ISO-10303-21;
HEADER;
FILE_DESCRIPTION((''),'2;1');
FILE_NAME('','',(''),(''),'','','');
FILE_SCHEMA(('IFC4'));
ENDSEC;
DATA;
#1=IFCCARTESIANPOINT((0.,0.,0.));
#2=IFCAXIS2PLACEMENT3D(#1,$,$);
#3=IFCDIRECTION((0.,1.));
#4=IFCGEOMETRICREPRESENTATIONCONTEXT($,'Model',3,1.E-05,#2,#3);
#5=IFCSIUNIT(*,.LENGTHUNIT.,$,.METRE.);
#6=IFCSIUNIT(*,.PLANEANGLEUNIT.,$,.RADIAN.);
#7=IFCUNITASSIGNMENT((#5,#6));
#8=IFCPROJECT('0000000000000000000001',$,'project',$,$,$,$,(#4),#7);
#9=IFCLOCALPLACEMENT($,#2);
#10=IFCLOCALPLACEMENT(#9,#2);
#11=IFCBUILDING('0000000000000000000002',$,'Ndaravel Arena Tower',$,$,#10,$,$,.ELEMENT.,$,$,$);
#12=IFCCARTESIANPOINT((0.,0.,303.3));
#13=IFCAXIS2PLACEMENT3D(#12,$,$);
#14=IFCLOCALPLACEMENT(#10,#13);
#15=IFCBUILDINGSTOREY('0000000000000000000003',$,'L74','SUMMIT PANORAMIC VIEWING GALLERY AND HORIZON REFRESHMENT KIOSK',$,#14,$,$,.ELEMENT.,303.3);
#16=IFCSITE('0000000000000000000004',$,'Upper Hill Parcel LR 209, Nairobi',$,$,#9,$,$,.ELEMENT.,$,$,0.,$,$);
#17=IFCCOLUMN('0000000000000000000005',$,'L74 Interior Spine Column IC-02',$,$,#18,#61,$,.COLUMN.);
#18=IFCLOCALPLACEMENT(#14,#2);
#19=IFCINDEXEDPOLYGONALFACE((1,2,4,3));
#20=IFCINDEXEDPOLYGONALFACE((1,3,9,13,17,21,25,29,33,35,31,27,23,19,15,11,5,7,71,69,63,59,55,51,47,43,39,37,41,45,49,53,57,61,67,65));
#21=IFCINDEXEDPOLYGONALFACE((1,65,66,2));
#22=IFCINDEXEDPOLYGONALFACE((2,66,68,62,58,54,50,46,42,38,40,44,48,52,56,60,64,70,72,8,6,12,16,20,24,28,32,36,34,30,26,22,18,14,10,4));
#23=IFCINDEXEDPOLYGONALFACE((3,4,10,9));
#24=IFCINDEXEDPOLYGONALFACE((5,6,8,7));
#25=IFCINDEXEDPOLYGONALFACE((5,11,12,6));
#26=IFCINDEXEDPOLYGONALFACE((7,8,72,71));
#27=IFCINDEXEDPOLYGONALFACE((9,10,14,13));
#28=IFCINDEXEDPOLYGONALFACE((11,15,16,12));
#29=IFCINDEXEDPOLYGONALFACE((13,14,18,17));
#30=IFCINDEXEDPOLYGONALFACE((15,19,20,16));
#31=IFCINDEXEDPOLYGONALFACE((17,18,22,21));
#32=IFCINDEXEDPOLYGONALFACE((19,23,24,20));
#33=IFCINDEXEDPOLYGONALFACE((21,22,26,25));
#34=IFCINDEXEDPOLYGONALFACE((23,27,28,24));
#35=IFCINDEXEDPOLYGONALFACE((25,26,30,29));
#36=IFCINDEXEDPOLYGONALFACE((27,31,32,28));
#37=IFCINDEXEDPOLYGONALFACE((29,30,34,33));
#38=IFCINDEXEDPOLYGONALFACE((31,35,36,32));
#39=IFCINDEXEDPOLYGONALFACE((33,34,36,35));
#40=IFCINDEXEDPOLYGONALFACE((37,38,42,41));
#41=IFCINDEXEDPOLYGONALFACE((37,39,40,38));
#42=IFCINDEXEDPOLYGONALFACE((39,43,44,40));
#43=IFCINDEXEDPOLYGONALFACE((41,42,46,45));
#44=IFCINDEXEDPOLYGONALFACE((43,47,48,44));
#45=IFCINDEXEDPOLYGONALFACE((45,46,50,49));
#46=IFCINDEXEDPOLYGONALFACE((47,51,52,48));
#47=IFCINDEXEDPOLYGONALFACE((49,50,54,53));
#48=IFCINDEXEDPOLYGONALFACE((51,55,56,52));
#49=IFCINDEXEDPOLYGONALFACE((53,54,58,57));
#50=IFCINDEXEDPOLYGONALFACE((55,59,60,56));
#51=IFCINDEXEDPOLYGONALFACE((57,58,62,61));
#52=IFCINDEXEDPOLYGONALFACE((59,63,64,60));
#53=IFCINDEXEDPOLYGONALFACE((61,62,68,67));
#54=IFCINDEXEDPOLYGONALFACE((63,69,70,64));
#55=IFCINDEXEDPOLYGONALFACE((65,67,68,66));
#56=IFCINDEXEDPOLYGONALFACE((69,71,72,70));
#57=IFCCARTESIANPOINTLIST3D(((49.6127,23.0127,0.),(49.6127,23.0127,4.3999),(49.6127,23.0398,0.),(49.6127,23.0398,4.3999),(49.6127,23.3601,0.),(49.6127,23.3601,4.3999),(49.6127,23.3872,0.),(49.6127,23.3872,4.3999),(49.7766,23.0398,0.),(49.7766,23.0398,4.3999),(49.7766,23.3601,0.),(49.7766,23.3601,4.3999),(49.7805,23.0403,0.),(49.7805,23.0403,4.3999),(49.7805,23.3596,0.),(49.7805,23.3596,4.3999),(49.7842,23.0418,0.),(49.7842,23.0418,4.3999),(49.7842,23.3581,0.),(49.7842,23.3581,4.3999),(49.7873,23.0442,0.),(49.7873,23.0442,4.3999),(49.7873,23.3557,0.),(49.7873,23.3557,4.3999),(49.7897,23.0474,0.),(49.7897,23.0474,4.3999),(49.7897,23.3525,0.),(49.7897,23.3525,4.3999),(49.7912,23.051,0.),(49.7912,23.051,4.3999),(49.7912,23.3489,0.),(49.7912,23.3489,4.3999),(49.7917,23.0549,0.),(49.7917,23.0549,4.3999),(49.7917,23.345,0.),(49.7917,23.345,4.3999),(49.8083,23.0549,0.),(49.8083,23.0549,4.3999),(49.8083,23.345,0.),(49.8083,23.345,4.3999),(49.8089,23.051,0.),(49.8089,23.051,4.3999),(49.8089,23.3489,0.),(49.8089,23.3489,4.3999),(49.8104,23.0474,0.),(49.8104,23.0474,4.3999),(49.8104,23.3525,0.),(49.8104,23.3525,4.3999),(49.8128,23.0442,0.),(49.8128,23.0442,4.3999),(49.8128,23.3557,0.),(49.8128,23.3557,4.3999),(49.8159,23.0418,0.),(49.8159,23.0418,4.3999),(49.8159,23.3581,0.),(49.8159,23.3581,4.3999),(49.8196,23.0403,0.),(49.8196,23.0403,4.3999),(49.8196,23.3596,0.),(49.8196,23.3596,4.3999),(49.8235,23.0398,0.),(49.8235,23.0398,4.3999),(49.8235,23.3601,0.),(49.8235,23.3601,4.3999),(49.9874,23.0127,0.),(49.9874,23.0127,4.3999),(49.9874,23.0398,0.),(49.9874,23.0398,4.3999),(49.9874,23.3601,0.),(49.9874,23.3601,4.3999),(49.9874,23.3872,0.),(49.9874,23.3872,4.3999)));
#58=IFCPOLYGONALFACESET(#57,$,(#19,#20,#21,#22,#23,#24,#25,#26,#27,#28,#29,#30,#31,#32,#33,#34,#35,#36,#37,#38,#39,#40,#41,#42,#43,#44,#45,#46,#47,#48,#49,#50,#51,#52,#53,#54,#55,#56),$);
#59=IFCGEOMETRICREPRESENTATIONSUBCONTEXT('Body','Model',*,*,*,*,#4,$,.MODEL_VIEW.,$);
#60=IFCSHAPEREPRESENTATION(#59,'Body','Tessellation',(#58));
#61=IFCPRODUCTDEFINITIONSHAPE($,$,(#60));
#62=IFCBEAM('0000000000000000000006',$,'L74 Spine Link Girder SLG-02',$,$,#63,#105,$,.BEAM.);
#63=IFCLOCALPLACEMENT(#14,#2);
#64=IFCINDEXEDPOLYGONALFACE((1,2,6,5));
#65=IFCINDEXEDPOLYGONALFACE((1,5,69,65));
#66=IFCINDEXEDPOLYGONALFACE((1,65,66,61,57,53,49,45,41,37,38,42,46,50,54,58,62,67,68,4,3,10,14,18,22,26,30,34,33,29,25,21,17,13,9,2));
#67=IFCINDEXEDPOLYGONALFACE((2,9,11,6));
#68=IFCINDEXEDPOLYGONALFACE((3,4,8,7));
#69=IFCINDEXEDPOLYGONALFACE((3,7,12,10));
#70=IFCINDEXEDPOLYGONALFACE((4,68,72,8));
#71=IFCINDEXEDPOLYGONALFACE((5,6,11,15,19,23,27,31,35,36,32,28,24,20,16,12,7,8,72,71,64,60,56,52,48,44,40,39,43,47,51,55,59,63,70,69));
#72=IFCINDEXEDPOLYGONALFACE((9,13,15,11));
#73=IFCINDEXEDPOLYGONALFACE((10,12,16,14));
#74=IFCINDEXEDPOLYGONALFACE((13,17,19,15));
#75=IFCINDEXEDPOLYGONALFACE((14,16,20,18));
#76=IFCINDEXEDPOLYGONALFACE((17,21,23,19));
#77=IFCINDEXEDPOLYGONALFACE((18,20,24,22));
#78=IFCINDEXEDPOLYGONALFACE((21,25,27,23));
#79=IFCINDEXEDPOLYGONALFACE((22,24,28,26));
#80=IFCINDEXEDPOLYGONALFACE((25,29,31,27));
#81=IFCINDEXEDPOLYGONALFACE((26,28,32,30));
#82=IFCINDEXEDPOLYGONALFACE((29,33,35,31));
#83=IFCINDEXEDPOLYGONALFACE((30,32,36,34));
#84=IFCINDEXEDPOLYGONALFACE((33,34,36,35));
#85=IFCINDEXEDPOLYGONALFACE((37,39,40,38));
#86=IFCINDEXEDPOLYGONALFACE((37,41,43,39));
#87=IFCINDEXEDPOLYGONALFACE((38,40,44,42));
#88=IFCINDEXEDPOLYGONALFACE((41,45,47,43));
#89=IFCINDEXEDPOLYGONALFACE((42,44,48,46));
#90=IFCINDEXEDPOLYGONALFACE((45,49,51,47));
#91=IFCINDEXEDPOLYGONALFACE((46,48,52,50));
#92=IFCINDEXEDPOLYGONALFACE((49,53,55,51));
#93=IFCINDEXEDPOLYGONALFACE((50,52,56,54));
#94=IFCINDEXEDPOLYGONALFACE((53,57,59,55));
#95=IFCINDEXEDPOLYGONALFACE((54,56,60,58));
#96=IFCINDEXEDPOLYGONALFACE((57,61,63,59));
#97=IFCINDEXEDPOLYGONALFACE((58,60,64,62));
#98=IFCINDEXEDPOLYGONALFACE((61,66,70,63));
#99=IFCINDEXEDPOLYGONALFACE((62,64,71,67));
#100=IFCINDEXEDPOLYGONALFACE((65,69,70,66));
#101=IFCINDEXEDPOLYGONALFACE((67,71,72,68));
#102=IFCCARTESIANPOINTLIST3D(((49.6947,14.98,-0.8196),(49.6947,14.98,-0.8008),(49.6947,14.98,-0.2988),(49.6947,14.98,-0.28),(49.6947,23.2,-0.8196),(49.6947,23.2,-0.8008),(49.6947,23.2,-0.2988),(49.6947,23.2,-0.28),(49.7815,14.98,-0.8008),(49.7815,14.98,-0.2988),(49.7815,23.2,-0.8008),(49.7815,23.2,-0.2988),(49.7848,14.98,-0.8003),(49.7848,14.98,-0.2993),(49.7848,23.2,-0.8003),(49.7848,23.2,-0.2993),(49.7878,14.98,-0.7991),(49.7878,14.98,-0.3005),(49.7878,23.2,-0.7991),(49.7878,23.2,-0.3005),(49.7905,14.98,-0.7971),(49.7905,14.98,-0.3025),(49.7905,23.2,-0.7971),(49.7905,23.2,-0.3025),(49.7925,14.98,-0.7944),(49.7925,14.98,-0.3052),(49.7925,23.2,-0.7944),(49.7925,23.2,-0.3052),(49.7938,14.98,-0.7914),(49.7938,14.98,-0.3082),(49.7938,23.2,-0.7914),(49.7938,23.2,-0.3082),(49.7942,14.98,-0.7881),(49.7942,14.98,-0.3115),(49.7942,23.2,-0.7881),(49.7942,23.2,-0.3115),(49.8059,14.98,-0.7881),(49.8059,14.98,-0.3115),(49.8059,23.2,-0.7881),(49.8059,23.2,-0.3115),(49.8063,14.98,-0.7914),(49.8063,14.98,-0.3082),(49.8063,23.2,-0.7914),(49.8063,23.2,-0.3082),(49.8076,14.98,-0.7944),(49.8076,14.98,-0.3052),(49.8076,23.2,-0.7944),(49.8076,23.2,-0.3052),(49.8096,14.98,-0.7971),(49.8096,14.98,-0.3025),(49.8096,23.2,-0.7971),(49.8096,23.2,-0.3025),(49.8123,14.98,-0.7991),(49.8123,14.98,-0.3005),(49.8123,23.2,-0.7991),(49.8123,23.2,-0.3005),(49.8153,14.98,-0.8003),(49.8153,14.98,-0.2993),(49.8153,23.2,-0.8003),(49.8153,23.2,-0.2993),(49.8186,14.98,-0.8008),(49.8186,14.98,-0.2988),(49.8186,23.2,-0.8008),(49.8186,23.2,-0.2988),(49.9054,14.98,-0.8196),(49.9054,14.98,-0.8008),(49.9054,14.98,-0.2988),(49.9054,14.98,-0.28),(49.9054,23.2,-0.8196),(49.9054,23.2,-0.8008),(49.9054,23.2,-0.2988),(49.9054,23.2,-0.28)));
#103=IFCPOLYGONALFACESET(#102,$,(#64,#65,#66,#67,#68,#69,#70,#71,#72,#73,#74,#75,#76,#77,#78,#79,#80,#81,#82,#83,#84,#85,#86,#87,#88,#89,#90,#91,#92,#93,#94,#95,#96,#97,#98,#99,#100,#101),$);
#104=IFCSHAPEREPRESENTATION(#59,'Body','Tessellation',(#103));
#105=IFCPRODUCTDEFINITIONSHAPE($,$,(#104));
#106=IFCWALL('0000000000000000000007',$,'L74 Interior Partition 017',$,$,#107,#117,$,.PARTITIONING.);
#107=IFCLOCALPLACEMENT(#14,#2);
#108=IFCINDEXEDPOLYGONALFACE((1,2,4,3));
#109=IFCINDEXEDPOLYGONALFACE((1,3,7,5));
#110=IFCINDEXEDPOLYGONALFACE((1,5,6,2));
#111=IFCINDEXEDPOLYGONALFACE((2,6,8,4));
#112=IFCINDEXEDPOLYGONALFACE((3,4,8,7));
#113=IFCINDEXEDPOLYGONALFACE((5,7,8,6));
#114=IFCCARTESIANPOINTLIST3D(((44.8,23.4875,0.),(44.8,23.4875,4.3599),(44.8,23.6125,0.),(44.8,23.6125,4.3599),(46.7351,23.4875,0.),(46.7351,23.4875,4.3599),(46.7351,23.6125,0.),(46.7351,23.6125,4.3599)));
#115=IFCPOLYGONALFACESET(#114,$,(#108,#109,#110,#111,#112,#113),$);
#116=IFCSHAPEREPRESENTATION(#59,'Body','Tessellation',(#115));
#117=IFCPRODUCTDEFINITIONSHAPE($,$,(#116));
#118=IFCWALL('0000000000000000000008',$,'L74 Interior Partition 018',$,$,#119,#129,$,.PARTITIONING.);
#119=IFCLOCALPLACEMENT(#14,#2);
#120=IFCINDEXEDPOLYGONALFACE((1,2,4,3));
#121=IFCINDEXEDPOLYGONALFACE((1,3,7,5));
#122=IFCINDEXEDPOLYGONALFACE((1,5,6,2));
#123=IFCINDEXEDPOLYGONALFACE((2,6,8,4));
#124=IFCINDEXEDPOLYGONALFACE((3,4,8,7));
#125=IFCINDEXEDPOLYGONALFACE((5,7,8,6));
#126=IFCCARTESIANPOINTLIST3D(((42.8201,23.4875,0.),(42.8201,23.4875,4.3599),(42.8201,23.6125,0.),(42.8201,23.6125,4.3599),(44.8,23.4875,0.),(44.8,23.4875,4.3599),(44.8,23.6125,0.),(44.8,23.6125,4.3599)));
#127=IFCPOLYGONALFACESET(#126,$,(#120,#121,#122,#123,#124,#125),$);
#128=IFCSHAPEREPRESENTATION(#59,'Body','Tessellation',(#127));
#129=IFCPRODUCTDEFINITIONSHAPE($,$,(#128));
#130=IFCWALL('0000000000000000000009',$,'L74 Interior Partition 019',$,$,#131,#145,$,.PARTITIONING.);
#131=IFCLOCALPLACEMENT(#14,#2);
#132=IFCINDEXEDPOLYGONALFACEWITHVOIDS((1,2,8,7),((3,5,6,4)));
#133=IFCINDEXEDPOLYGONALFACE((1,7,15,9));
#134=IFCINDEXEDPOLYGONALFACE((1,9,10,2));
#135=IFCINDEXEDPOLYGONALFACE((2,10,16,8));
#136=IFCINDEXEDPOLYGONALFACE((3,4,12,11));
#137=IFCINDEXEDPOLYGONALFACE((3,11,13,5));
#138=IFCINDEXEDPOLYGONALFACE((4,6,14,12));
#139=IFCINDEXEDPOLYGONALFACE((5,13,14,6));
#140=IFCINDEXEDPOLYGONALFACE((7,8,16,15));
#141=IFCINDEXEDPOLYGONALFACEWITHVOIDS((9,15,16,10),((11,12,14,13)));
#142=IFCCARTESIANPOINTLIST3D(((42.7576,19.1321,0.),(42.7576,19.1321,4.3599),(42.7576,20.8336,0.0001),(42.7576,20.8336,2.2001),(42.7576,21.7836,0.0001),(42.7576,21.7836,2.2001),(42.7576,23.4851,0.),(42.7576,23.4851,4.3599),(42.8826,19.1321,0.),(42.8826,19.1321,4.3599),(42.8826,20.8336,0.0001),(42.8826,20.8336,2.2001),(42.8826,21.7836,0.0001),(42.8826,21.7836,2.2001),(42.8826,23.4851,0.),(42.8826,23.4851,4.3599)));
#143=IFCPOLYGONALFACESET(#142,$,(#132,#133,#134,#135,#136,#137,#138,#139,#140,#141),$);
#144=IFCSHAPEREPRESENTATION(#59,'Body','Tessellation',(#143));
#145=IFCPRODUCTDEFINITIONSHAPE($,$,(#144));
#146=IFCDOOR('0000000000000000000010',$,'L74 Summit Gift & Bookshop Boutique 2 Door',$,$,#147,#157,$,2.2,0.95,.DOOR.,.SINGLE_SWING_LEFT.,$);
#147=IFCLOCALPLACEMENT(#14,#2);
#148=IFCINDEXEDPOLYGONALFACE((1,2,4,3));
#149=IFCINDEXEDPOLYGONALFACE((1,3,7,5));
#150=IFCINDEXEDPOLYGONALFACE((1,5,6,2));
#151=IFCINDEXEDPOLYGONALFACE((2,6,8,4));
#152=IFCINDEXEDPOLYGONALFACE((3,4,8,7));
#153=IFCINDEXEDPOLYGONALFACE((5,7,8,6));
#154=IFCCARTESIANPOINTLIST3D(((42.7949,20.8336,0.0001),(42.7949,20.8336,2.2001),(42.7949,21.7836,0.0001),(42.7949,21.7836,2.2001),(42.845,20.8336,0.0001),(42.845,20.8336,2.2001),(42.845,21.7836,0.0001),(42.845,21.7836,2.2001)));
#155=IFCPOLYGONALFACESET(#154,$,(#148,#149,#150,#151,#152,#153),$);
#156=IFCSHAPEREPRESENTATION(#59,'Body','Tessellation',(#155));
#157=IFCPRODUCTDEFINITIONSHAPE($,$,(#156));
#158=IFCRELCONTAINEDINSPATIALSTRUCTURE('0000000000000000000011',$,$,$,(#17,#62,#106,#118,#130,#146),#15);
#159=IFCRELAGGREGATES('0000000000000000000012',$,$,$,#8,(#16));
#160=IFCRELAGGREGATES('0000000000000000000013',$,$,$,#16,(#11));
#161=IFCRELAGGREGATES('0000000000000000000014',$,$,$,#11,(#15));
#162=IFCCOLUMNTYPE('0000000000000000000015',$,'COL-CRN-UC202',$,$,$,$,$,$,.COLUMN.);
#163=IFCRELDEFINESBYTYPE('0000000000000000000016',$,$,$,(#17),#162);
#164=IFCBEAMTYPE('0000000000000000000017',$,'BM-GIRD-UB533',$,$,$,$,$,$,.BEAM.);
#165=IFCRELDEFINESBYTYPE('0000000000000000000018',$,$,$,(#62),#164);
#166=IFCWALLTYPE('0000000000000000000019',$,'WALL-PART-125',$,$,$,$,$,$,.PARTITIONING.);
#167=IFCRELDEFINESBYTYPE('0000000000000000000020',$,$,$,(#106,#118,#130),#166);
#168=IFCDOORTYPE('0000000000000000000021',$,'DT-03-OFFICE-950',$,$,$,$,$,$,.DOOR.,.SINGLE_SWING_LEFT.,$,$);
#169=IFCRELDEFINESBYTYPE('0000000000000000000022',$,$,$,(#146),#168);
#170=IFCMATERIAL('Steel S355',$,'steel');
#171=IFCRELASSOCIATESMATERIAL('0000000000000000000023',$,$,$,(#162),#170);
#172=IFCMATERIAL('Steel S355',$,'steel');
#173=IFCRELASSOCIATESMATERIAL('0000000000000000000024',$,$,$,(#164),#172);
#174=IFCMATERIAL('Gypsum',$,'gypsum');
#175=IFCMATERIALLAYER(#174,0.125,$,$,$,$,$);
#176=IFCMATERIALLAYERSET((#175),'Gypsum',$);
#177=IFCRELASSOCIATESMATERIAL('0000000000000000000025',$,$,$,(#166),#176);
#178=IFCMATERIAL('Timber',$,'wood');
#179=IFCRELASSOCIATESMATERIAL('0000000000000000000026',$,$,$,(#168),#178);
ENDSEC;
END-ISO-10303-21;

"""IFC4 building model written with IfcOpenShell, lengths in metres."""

from ifc_helpers import new_model, si_unit, direction, frame, frame_2d, origin, origin_2d, place, context, subcontext, project, spatial, rectangle, i_section, extrude, material, layer, layer_set, material_profile, profile_set, type_object, element, fill, save


model = new_model("IFC4")

# Units and contexts
model_context = context("Model", 3, precision=1e-05, world=origin(), true_north=direction((0.0, 1.0)))
body_context = subcontext(model_context, "Body", "Model", "MODEL_VIEW")
ifc_project = project(units=[si_unit("LENGTHUNIT", "METRE"), si_unit("PLANEANGLEUNIT", "RADIAN")], contexts=[model_context])

# Site, building, storey
site_placement = place(None, origin())
site = spatial("IfcSite", under=ifc_project, at=site_placement, Name="Upper Hill Parcel LR 209, Nairobi", CompositionType="ELEMENT", RefElevation=0.0)
building_placement = place(site_placement, origin())
building = spatial("IfcBuilding", under=site, at=building_placement, Name="Ndaravel Arena Tower", CompositionType="ELEMENT")
storey_placement = place(building_placement, frame((0.0, 0.0, 303.3)))
storey = spatial("IfcBuildingStorey", under=building, at=storey_placement, Name="L74", Description="SUMMIT PANORAMIC VIEWING GALLERY AND HORIZON REFRESHMENT KIOSK", CompositionType="ELEMENT", Elevation=303.3)

# Column
ifc_material_1 = material(Name="Steel S355", Category="steel")
ifc_material_profile_1 = material_profile(ifc_material_1, i_section(OverallWidth=0.3748, OverallDepth=0.3745, WebThickness=0.0166, FlangeThickness=0.0271, FilletRadius=0.0151, at=origin_2d()), Name="UC 356x368x202")
ifc_profile_set_1 = profile_set([ifc_material_profile_1], Name="Steel S355")
column_type = type_object("IfcColumnType", Name="COL-CRN-UC202", PredefinedType="COLUMN", material=ifc_profile_set_1)
column_placement = place(storey_placement, frame((49.8, 23.2, 0.0), z_axis=(0.0, 0.0, 1.0), x_axis=(1.0, 0.0, 0.0)))
element("IfcColumn", 1, at=column_placement, inside=storey, type_object=column_type, Name="L74 Interior Spine Column IC-02", PredefinedType="COLUMN", context=body_context, shape_type="SweptSolid", body=[
    extrude(i_section(OverallWidth=0.3748, OverallDepth=0.3745, WebThickness=0.0166, FlangeThickness=0.0271, FilletRadius=0.0151, at=origin_2d()), origin(), (0.0, 0.0, 1.0), 4.3999),
])

# Beam
ifc_material_2 = material(Name="Steel S355", Category="steel")
ifc_material_profile_2 = material_profile(ifc_material_2, i_section(OverallWidth=0.2107, OverallDepth=0.5396, WebThickness=0.0117, FlangeThickness=0.0188, FilletRadius=0.0127, at=origin_2d()), Name="UB 533x210x109")
ifc_profile_set_2 = profile_set([ifc_material_profile_2], Name="Steel S355")
beam_type = type_object("IfcBeamType", Name="BM-GIRD-UB533", PredefinedType="BEAM", material=ifc_profile_set_2)
beam_placement = place(storey_placement, frame((49.8, 14.98, -0.5498), z_axis=(0.0, 1.0, 0.0), x_axis=(-1.0, 0.0, 0.0)))
element("IfcBeam", 2, at=beam_placement, inside=storey, type_object=beam_type, Name="L74 Spine Link Girder SLG-02", PredefinedType="BEAM", context=body_context, shape_type="SweptSolid", body=[
    extrude(i_section(OverallWidth=0.2107, OverallDepth=0.5396, WebThickness=0.0117, FlangeThickness=0.0188, FilletRadius=0.0127, at=origin_2d()), origin(), (0.0, 0.0, 1.0), 8.22),
])

# Walls
ifc_material_3 = material(Name="Gypsum", Category="gypsum")
ifc_layer_1 = layer(ifc_material_3, 0.125)
ifc_layer_set_1 = layer_set([ifc_layer_1], Name="Gypsum")
wall_type_1 = type_object("IfcWallType", Name="WALL-PART-125", PredefinedType="PARTITIONING", material=ifc_layer_set_1)
wall_1_placement = place(storey_placement, frame((46.7351, 23.55, 0.0), z_axis=(0.0, 0.0, 1.0), x_axis=(-1.0, 0.0, 0.0)))
element("IfcWall", 3, at=wall_1_placement, inside=storey, type_object=wall_type_1, Name="L74 Interior Partition 017", PredefinedType="PARTITIONING", context=body_context, shape_type="SweptSolid", body=[
    extrude(rectangle(XDim=1.9351, YDim=0.125, at=frame_2d((0.9675, 0.0))), origin(), (0.0, 0.0, 1.0), 4.3599),
])
wall_2_placement = place(storey_placement, frame((44.8, 23.55, 0.0), z_axis=(0.0, 0.0, 1.0), x_axis=(-1.0, 0.0, 0.0)))
element("IfcWall", 4, at=wall_2_placement, inside=storey, type_object=wall_type_1, Name="L74 Interior Partition 018", PredefinedType="PARTITIONING", context=body_context, shape_type="SweptSolid", body=[
    extrude(rectangle(XDim=1.98, YDim=0.125, at=frame_2d((0.99, 0.0))), origin(), (0.0, 0.0, 1.0), 4.3599),
])

# Wall, opening, door
wall_3_placement = place(storey_placement, frame((42.8201, 23.4851, 0.0), z_axis=(0.0, 0.0, 1.0), x_axis=(0.0, -1.0, 0.0)))
wall_3 = element("IfcWall", 5, at=wall_3_placement, inside=storey, type_object=wall_type_1, Name="L74 Interior Partition 019", PredefinedType="PARTITIONING", context=body_context, shape_type="SweptSolid", body=[
    extrude(rectangle(XDim=4.353, YDim=0.125, at=frame_2d((2.1765, 0.0))), origin(), (0.0, 0.0, 1.0), 4.3599),
])
opening_1_placement = place(wall_3_placement, frame((1.7014, 0.0, 0.0)))
opening_1 = element("IfcOpeningElement", 6, at=opening_1_placement, cuts=wall_3, PredefinedType="OPENING", context=body_context, shape_type="SweptSolid", body=[
    extrude(rectangle(XDim=0.95, YDim=2.2, at=frame_2d((0.4751, 1.1001))), frame((0.0, 0.0625, 0.0), z_axis=(0.0, -1.0, 0.0), x_axis=(1.0, 0.0, 0.0)), (0.0, 0.0, 1.0), 0.125),
])
ifc_material_4 = material(Name="Timber", Category="wood")
door_type_1 = type_object("IfcDoorType", Name="DT-03-OFFICE-950", OperationType="SINGLE_SWING_LEFT", PredefinedType="DOOR", material=ifc_material_4)
door_1_placement = place(opening_1_placement, origin())
door_1 = element("IfcDoor", 7, at=door_1_placement, inside=storey, type_object=door_type_1, Name="L74 Summit Gift & Bookshop Boutique 2 Door", OperationType="SINGLE_SWING_LEFT", OverallHeight=2.2, OverallWidth=0.95, PredefinedType="DOOR", context=body_context, shape_type="SweptSolid", body=[
    extrude(rectangle(XDim=0.95, YDim=2.2, at=frame_2d((0.4751, 1.1001))), frame((0.0, 0.0249, 0.0), z_axis=(0.0, -1.0, 0.0), x_axis=(1.0, 0.0, 0.0)), (0.0, 0.0, 1.0), 0.05),
])
fill(opening_1, door_1)

save(model, "model.ifc")
